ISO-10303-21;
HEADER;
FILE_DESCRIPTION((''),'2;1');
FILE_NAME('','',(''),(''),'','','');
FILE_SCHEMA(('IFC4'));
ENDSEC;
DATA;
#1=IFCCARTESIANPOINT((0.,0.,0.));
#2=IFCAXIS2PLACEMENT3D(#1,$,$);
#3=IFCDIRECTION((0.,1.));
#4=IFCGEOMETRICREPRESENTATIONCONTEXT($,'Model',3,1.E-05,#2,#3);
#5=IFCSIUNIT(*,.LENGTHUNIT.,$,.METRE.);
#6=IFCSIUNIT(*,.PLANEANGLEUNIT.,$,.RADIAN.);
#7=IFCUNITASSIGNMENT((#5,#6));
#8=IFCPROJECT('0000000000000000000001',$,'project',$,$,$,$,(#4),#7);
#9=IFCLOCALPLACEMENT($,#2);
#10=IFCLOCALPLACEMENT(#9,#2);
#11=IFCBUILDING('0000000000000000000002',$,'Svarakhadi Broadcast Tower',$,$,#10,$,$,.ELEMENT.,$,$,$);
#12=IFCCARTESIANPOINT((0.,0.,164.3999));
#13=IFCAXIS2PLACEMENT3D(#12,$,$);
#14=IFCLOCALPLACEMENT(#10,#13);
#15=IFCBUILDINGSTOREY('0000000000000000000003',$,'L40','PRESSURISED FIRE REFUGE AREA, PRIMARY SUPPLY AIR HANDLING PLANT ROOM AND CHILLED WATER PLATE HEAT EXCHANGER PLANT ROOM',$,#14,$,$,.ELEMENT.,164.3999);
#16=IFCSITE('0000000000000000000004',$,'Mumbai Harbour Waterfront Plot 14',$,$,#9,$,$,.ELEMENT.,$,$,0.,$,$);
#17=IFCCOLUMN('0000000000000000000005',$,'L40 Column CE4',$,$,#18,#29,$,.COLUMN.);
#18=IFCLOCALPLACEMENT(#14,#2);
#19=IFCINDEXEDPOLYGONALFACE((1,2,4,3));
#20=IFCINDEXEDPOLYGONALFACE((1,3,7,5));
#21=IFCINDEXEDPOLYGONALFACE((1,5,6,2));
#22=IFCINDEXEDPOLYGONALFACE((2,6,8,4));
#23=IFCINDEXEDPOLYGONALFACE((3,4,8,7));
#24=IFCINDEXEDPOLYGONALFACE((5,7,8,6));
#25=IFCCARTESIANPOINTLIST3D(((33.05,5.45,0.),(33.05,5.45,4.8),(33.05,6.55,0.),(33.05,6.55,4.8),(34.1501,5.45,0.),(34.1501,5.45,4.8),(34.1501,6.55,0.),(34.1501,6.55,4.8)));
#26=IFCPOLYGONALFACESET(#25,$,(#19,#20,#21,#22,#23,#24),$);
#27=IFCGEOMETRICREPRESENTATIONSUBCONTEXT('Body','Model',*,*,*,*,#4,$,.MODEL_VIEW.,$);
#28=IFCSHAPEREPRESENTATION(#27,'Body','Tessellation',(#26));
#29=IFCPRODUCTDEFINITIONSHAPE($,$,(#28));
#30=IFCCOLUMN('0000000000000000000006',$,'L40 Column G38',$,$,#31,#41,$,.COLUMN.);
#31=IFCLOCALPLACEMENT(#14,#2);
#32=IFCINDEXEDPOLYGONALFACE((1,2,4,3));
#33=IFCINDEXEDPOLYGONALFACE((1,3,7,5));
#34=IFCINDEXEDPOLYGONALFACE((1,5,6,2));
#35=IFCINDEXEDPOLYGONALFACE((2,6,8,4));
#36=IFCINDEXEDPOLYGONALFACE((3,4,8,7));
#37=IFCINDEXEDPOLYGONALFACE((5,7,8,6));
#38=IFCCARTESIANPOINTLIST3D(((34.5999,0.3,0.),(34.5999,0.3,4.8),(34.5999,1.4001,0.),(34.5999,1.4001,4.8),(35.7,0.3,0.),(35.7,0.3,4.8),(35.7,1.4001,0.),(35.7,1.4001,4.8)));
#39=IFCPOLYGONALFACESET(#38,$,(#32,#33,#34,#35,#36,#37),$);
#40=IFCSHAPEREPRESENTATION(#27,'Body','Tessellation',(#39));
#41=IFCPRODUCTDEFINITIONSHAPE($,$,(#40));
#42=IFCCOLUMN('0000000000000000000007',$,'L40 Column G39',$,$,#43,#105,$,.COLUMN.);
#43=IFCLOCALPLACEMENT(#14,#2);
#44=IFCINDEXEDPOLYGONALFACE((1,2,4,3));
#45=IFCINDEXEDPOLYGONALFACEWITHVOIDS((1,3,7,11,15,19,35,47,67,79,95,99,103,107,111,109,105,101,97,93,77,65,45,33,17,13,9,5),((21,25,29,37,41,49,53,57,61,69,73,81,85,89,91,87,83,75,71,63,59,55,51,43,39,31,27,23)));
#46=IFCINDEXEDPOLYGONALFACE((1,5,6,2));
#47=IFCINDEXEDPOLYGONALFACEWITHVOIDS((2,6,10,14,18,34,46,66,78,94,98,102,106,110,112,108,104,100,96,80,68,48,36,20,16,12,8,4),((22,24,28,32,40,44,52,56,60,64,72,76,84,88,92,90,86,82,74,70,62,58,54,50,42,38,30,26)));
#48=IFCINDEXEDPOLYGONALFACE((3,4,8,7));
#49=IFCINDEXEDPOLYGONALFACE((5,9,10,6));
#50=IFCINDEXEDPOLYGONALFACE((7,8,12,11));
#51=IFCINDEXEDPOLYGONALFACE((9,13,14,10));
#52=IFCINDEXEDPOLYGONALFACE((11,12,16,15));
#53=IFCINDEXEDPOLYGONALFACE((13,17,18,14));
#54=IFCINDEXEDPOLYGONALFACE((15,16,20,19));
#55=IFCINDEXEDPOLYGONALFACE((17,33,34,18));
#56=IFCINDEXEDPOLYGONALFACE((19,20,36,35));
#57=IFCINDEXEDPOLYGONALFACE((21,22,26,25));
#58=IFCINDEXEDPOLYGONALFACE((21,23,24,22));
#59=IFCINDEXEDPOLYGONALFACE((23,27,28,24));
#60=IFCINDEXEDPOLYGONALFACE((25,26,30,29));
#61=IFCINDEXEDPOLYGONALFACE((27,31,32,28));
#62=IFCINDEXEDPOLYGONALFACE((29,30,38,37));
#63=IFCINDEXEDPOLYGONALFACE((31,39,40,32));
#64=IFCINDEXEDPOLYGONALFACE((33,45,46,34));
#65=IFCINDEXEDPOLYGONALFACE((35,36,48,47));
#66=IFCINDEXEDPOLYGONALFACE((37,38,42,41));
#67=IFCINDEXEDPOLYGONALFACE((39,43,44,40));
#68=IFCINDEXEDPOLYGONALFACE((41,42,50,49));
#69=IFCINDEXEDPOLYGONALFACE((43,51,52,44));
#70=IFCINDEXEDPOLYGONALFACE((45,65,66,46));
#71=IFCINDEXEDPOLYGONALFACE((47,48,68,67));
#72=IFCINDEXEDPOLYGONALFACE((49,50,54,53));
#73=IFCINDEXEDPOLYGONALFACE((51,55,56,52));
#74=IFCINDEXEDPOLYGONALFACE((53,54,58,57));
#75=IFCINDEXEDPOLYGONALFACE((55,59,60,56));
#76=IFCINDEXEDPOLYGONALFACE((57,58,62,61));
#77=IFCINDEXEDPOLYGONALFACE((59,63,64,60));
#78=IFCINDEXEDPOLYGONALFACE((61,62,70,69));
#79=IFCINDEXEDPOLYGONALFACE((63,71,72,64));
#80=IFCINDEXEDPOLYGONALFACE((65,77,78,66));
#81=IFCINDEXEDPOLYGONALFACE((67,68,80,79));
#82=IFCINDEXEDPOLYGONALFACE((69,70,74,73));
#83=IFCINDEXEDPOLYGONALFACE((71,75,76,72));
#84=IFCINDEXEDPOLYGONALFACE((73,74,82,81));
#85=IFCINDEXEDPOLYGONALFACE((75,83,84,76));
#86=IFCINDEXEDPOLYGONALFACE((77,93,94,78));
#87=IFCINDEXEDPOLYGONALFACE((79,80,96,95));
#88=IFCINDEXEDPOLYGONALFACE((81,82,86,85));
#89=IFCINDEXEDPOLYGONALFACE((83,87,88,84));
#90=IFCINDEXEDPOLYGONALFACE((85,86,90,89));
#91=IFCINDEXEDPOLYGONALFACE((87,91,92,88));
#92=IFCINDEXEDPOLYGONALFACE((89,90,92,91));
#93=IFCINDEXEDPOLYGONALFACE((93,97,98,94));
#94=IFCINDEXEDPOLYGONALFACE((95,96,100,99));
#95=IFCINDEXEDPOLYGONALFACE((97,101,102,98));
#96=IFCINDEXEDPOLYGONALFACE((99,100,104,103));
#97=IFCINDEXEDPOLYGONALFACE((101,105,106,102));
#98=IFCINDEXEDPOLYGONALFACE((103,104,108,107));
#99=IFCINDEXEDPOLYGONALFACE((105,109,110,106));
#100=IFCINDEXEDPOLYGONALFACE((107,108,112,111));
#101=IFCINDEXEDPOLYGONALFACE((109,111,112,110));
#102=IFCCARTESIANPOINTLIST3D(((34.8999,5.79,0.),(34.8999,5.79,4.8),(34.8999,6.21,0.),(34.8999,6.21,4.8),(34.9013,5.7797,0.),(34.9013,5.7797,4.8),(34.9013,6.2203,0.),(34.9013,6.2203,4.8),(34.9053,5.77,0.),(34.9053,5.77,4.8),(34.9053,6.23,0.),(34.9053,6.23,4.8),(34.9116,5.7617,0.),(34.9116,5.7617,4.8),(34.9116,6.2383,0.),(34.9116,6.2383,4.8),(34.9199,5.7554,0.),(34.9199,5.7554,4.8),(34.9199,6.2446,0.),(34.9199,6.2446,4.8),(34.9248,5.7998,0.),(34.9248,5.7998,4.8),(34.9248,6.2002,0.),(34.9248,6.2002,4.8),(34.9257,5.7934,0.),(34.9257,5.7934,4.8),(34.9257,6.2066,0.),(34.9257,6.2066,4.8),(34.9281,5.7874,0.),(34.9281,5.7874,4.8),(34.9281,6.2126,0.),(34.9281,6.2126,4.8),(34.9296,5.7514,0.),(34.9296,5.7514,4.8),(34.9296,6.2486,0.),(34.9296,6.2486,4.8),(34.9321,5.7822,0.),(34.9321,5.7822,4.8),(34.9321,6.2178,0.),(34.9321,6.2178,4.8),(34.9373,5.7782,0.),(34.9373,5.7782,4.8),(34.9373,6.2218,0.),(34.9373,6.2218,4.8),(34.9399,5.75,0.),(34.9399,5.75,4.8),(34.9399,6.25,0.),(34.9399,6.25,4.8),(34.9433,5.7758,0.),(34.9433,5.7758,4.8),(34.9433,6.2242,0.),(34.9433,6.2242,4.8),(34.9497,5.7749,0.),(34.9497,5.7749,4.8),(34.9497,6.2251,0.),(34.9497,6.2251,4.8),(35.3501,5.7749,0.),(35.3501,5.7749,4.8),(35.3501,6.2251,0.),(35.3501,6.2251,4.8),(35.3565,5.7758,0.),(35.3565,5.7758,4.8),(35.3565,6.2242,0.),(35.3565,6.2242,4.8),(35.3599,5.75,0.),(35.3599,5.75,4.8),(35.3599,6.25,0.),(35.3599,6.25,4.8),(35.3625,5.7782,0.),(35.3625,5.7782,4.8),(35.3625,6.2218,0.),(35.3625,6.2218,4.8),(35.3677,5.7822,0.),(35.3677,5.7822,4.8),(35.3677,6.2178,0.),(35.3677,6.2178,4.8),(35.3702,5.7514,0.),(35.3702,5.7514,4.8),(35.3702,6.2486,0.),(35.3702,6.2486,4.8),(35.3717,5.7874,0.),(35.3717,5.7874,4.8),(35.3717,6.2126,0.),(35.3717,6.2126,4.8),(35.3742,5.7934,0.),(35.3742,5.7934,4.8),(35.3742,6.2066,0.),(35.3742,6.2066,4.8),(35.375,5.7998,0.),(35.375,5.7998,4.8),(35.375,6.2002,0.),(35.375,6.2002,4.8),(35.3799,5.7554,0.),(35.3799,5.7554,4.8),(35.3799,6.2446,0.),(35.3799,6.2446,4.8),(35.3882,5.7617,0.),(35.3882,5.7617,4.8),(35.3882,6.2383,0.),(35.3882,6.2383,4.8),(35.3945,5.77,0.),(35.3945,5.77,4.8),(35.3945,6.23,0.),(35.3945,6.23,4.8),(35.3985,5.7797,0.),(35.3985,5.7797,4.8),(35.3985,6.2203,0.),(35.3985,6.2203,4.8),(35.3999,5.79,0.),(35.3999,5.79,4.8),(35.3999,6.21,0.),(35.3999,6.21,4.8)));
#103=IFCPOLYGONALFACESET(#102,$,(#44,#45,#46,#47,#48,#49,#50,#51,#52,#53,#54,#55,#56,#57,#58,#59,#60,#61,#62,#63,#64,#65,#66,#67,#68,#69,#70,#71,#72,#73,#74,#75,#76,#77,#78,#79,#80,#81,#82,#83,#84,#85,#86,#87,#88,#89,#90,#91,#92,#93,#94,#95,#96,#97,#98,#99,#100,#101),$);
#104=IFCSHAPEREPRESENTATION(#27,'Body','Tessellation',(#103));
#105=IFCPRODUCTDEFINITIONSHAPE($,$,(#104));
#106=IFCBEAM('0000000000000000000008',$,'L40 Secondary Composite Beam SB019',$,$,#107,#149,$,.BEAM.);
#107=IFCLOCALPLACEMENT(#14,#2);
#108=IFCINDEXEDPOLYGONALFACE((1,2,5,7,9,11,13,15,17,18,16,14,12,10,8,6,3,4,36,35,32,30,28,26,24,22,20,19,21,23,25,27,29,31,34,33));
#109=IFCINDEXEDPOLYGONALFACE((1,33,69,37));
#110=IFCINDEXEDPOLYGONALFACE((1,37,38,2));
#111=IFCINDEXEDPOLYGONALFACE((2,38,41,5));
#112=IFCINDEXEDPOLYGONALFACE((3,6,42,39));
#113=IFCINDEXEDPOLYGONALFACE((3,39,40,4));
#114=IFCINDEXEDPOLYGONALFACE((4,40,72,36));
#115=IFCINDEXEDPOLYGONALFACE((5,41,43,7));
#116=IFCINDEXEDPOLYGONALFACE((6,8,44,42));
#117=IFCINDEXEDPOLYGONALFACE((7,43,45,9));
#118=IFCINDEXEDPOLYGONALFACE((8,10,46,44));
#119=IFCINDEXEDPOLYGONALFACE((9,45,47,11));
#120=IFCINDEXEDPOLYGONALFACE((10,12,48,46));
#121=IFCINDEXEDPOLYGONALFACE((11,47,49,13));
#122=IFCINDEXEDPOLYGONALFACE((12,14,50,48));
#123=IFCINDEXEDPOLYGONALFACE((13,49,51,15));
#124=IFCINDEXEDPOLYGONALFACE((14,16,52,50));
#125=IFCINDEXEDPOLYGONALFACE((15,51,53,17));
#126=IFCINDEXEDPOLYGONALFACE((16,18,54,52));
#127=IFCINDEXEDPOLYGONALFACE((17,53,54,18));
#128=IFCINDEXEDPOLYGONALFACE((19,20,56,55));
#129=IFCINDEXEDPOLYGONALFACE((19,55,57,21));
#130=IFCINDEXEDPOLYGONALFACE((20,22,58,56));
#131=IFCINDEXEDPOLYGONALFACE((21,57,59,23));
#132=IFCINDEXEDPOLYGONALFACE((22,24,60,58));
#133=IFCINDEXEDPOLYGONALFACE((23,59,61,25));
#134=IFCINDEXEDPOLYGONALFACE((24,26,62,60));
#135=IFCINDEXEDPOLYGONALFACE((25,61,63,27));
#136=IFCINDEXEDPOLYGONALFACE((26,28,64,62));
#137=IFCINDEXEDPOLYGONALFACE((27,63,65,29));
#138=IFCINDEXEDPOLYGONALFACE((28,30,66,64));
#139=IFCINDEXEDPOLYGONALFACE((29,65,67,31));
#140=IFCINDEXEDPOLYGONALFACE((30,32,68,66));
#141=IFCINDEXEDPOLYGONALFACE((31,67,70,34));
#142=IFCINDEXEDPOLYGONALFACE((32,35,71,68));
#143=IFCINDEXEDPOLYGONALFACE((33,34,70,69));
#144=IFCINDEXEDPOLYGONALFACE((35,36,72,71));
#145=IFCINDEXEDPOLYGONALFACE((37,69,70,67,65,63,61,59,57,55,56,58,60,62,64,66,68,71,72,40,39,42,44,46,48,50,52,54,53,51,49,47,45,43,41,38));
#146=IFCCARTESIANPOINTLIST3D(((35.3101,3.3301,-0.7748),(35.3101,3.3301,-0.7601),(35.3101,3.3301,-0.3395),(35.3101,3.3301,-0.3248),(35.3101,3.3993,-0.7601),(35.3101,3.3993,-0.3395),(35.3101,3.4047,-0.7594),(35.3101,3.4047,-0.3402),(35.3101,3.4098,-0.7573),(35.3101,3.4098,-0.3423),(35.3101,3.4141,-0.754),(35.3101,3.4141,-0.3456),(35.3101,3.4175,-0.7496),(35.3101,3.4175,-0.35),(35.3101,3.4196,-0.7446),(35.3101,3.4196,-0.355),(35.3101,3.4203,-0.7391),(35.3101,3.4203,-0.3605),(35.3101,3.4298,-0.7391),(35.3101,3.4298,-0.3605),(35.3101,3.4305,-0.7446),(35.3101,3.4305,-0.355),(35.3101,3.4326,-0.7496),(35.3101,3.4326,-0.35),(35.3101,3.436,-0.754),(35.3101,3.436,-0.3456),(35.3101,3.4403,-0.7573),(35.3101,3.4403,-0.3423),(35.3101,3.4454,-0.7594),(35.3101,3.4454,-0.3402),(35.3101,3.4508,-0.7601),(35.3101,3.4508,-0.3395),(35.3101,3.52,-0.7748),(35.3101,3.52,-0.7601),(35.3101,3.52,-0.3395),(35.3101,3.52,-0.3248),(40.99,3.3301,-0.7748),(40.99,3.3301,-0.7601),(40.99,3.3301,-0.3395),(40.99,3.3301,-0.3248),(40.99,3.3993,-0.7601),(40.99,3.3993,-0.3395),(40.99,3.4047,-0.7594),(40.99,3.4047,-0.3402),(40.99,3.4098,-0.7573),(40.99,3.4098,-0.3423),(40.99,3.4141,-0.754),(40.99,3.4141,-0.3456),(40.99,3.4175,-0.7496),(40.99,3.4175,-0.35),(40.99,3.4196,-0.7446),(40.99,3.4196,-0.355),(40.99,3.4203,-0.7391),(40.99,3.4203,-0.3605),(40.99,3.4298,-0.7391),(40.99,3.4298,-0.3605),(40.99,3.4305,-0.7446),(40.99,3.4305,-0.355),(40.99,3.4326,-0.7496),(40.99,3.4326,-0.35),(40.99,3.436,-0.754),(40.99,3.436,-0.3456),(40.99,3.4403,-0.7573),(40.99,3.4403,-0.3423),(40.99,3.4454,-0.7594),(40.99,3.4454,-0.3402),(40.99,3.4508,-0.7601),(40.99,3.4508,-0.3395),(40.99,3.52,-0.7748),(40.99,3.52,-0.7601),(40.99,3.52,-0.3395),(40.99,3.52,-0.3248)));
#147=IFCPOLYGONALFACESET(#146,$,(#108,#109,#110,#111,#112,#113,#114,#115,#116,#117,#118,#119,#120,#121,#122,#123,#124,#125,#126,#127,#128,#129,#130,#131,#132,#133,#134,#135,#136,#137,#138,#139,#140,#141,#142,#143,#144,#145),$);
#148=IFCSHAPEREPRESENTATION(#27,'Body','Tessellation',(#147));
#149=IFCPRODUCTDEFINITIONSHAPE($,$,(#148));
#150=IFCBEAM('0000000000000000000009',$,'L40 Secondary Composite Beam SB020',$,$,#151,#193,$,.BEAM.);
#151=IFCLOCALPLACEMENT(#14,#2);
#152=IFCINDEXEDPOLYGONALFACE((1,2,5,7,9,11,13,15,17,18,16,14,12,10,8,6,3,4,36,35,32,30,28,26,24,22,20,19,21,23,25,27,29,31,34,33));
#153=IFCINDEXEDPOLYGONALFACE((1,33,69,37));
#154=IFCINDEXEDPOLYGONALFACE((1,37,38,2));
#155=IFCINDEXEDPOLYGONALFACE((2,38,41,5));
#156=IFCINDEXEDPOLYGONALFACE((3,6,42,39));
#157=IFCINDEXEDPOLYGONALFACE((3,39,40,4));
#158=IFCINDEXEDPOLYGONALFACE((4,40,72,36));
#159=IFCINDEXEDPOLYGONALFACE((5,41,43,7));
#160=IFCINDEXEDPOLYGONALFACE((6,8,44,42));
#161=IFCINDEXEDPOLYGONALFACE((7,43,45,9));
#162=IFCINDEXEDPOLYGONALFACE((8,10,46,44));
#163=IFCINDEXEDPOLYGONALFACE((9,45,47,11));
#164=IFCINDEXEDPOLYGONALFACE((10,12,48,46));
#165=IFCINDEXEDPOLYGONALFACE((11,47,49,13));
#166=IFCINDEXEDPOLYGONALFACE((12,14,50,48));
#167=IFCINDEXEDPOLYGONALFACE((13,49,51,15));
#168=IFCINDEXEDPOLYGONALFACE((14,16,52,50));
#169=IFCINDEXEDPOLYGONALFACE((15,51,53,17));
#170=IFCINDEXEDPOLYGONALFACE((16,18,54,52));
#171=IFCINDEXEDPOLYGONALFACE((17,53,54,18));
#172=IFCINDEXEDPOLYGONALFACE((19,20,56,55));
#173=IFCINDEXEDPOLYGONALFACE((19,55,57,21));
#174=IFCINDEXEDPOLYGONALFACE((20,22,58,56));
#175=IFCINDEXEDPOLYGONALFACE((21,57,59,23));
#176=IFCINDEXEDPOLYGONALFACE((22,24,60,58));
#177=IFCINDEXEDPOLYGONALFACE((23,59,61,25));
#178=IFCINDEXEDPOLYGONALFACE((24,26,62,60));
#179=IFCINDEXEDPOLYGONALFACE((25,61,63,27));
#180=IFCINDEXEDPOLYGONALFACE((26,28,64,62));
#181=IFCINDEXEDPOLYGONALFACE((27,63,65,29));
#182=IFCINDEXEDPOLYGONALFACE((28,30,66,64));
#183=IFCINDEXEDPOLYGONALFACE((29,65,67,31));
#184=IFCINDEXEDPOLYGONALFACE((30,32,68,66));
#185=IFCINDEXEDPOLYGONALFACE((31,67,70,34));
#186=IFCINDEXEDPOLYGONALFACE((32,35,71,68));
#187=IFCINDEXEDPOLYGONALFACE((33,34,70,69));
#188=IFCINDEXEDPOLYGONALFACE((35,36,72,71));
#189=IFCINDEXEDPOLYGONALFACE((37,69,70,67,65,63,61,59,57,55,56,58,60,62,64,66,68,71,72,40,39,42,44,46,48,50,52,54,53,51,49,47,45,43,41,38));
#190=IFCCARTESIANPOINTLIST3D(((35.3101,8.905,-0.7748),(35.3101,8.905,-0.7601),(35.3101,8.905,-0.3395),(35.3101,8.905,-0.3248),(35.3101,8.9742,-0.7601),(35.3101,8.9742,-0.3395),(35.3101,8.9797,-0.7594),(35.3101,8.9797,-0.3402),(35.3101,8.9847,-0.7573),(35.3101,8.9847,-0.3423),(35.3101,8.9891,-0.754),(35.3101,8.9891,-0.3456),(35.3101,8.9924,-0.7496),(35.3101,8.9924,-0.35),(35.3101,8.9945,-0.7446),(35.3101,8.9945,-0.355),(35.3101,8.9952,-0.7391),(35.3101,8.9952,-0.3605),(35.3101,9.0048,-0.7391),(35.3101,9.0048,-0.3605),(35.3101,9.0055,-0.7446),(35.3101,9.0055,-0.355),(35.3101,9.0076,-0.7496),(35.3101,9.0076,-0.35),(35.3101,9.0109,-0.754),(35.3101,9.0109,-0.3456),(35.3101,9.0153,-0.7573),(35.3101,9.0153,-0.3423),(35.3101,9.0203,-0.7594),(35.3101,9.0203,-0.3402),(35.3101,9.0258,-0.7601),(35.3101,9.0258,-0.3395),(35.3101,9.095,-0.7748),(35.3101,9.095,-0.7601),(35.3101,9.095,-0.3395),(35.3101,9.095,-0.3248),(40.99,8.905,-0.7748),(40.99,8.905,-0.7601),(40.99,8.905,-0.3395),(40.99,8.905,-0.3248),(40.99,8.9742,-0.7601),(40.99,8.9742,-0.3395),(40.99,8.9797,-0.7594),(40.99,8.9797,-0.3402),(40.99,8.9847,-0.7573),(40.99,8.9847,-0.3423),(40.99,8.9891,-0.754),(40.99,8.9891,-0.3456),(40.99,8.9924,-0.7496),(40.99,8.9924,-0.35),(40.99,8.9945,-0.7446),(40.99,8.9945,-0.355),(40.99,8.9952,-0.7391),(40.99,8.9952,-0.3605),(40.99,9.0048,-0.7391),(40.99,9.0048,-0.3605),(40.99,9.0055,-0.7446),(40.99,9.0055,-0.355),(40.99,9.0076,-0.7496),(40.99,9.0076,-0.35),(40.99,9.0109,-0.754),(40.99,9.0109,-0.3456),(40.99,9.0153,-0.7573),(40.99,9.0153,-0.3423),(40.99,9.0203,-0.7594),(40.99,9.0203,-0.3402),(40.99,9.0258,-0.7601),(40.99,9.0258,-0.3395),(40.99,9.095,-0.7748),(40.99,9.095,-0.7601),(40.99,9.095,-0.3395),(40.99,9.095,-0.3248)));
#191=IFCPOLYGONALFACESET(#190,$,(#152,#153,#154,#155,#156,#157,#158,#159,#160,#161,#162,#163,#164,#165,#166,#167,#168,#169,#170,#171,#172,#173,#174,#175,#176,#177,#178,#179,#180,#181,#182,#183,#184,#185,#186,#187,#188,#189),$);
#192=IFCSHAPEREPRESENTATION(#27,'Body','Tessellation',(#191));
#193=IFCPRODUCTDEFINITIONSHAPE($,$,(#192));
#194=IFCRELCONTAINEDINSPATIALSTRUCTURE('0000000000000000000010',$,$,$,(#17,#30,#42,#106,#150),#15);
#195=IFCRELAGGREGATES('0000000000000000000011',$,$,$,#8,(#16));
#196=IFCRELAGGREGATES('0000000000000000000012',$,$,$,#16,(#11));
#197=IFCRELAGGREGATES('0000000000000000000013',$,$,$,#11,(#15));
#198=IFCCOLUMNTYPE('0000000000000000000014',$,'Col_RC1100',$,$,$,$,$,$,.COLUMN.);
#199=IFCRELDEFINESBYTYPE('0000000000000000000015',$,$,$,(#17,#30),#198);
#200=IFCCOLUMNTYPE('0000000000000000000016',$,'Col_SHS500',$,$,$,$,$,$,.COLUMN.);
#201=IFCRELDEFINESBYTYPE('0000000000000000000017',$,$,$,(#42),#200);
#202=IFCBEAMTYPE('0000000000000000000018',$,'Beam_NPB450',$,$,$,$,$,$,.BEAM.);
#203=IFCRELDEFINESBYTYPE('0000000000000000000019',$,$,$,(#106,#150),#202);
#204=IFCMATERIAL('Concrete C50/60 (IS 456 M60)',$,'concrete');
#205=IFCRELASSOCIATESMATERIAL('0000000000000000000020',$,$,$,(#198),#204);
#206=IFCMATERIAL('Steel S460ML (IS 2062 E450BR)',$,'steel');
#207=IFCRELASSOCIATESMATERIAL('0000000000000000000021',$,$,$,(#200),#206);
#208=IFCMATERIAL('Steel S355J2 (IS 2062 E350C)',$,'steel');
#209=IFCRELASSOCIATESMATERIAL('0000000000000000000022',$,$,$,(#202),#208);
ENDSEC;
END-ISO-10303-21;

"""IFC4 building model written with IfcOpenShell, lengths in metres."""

from ifc_helpers import new_model, si_unit, direction, frame, origin, origin_2d, place, context, subcontext, project, spatial, rectangle, hollow_rectangle, i_section, extrude, material, material_profile, profile_set, type_object, element, save


model = new_model("IFC4")

# Units and contexts
model_context = context("Model", 3, precision=1e-05, world=origin(), true_north=direction((0.0, 1.0)))
body_context = subcontext(model_context, "Body", "Model", "MODEL_VIEW")
ifc_project = project(units=[si_unit("LENGTHUNIT", "METRE"), si_unit("PLANEANGLEUNIT", "RADIAN")], contexts=[model_context])

# Site, building, storey
site_placement = place(None, origin())
site = spatial("IfcSite", under=ifc_project, at=site_placement, Name="Mumbai Harbour Waterfront Plot 14", CompositionType="ELEMENT", RefElevation=0.0)
building_placement = place(site_placement, origin())
building = spatial("IfcBuilding", under=site, at=building_placement, Name="Svarakhadi Broadcast Tower", CompositionType="ELEMENT")
storey_placement = place(building_placement, frame((0.0, 0.0, 164.3999)))
storey = spatial("IfcBuildingStorey", under=building, at=storey_placement, Name="L40", Description="PRESSURISED FIRE REFUGE AREA, PRIMARY SUPPLY AIR HANDLING PLANT ROOM AND CHILLED WATER PLATE HEAT EXCHANGER PLANT ROOM", CompositionType="ELEMENT", Elevation=164.3999)

# Columns
ifc_material_1 = material(Name="Concrete C50/60 (IS 456 M60)", Category="concrete")
ifc_material_profile_1 = material_profile(ifc_material_1, rectangle(XDim=1.1001, YDim=1.1001, at=origin_2d()), Name="RC 1100x1100")
ifc_profile_set_1 = profile_set([ifc_material_profile_1], Name="Concrete C50/60 (IS 456 M60)")
column_type_1 = type_object("IfcColumnType", Name="Col_RC1100", PredefinedType="COLUMN", material=ifc_profile_set_1)
for number, where, z_axis, x_axis, name in (
    (1, (33.6001, 6.0, 0.0), (0.0, 0.0, 1.0), (1.0, 0.0, 0.0), "L40 Column CE4"),
    (2, (35.1499, 0.8501, 0.0), (0.0, 0.0, 1.0), (1.0, 0.0, 0.0), "L40 Column G38"),
):
    element("IfcColumn", number, at=place(storey_placement, frame(where, z_axis=z_axis, x_axis=x_axis)), inside=storey, type_object=column_type_1, Name=name, PredefinedType="COLUMN", context=body_context, shape_type="SweptSolid", body=[
        extrude(rectangle(XDim=1.1001, YDim=1.1001, at=origin_2d()), origin(), (0.0, 0.0, 1.0), 4.8),
    ])
ifc_material_2 = material(Name="Steel S460ML (IS 2062 E450BR)", Category="steel")
ifc_material_profile_2 = material_profile(ifc_material_2, hollow_rectangle(XDim=0.5, YDim=0.5, WallThickness=0.0249, InnerFilletRadius=0.0249, OuterFilletRadius=0.04, at=origin_2d()), Name="SHS 500x500x25")
ifc_profile_set_2 = profile_set([ifc_material_profile_2], Name="Steel S460ML (IS 2062 E450BR)")
column_type_2 = type_object("IfcColumnType", Name="Col_SHS500", PredefinedType="COLUMN", material=ifc_profile_set_2)
column_placement = place(storey_placement, frame((35.1499, 6.0, 0.0), z_axis=(0.0, 0.0, 1.0), x_axis=(1.0, 0.0, 0.0)))
element("IfcColumn", 3, at=column_placement, inside=storey, type_object=column_type_2, Name="L40 Column G39", PredefinedType="COLUMN", context=body_context, shape_type="SweptSolid", body=[
    extrude(hollow_rectangle(XDim=0.5, YDim=0.5, WallThickness=0.0249, InnerFilletRadius=0.0249, OuterFilletRadius=0.04, at=origin_2d()), origin(), (0.0, 0.0, 1.0), 4.8),
])

# Beams
ifc_material_3 = material(Name="Steel S355J2 (IS 2062 E350C)", Category="steel")
ifc_material_profile_3 = material_profile(ifc_material_3, i_section(OverallWidth=0.1899, OverallDepth=0.45, WebThickness=0.0095, FlangeThickness=0.0146, FilletRadius=0.021, at=origin_2d()), Name="NPB 450x190x78")
ifc_profile_set_3 = profile_set([ifc_material_profile_3], Name="Steel S355J2 (IS 2062 E350C)")
beam_type_1 = type_object("IfcBeamType", Name="Beam_NPB450", PredefinedType="BEAM", material=ifc_profile_set_3)
for number, where, z_axis, x_axis, name in (
    (4, (35.3101, 3.425, -0.5498), (1.0, 0.0, 0.0), (0.0, 1.0, 0.0), "L40 Secondary Composite Beam SB019"),
    (5, (35.3101, 9.0, -0.5498), (1.0, 0.0, 0.0), (0.0, 1.0, 0.0), "L40 Secondary Composite Beam SB020"),
):
    element("IfcBeam", number, at=place(storey_placement, frame(where, z_axis=z_axis, x_axis=x_axis)), inside=storey, type_object=beam_type_1, Name=name, PredefinedType="BEAM", context=body_context, shape_type="SweptSolid", body=[
        extrude(i_section(OverallWidth=0.1899, OverallDepth=0.45, WebThickness=0.0095, FlangeThickness=0.0146, FilletRadius=0.021, at=origin_2d()), origin(), (0.0, 0.0, 1.0), 5.6799),
    ])

save(model, "model.ifc")
